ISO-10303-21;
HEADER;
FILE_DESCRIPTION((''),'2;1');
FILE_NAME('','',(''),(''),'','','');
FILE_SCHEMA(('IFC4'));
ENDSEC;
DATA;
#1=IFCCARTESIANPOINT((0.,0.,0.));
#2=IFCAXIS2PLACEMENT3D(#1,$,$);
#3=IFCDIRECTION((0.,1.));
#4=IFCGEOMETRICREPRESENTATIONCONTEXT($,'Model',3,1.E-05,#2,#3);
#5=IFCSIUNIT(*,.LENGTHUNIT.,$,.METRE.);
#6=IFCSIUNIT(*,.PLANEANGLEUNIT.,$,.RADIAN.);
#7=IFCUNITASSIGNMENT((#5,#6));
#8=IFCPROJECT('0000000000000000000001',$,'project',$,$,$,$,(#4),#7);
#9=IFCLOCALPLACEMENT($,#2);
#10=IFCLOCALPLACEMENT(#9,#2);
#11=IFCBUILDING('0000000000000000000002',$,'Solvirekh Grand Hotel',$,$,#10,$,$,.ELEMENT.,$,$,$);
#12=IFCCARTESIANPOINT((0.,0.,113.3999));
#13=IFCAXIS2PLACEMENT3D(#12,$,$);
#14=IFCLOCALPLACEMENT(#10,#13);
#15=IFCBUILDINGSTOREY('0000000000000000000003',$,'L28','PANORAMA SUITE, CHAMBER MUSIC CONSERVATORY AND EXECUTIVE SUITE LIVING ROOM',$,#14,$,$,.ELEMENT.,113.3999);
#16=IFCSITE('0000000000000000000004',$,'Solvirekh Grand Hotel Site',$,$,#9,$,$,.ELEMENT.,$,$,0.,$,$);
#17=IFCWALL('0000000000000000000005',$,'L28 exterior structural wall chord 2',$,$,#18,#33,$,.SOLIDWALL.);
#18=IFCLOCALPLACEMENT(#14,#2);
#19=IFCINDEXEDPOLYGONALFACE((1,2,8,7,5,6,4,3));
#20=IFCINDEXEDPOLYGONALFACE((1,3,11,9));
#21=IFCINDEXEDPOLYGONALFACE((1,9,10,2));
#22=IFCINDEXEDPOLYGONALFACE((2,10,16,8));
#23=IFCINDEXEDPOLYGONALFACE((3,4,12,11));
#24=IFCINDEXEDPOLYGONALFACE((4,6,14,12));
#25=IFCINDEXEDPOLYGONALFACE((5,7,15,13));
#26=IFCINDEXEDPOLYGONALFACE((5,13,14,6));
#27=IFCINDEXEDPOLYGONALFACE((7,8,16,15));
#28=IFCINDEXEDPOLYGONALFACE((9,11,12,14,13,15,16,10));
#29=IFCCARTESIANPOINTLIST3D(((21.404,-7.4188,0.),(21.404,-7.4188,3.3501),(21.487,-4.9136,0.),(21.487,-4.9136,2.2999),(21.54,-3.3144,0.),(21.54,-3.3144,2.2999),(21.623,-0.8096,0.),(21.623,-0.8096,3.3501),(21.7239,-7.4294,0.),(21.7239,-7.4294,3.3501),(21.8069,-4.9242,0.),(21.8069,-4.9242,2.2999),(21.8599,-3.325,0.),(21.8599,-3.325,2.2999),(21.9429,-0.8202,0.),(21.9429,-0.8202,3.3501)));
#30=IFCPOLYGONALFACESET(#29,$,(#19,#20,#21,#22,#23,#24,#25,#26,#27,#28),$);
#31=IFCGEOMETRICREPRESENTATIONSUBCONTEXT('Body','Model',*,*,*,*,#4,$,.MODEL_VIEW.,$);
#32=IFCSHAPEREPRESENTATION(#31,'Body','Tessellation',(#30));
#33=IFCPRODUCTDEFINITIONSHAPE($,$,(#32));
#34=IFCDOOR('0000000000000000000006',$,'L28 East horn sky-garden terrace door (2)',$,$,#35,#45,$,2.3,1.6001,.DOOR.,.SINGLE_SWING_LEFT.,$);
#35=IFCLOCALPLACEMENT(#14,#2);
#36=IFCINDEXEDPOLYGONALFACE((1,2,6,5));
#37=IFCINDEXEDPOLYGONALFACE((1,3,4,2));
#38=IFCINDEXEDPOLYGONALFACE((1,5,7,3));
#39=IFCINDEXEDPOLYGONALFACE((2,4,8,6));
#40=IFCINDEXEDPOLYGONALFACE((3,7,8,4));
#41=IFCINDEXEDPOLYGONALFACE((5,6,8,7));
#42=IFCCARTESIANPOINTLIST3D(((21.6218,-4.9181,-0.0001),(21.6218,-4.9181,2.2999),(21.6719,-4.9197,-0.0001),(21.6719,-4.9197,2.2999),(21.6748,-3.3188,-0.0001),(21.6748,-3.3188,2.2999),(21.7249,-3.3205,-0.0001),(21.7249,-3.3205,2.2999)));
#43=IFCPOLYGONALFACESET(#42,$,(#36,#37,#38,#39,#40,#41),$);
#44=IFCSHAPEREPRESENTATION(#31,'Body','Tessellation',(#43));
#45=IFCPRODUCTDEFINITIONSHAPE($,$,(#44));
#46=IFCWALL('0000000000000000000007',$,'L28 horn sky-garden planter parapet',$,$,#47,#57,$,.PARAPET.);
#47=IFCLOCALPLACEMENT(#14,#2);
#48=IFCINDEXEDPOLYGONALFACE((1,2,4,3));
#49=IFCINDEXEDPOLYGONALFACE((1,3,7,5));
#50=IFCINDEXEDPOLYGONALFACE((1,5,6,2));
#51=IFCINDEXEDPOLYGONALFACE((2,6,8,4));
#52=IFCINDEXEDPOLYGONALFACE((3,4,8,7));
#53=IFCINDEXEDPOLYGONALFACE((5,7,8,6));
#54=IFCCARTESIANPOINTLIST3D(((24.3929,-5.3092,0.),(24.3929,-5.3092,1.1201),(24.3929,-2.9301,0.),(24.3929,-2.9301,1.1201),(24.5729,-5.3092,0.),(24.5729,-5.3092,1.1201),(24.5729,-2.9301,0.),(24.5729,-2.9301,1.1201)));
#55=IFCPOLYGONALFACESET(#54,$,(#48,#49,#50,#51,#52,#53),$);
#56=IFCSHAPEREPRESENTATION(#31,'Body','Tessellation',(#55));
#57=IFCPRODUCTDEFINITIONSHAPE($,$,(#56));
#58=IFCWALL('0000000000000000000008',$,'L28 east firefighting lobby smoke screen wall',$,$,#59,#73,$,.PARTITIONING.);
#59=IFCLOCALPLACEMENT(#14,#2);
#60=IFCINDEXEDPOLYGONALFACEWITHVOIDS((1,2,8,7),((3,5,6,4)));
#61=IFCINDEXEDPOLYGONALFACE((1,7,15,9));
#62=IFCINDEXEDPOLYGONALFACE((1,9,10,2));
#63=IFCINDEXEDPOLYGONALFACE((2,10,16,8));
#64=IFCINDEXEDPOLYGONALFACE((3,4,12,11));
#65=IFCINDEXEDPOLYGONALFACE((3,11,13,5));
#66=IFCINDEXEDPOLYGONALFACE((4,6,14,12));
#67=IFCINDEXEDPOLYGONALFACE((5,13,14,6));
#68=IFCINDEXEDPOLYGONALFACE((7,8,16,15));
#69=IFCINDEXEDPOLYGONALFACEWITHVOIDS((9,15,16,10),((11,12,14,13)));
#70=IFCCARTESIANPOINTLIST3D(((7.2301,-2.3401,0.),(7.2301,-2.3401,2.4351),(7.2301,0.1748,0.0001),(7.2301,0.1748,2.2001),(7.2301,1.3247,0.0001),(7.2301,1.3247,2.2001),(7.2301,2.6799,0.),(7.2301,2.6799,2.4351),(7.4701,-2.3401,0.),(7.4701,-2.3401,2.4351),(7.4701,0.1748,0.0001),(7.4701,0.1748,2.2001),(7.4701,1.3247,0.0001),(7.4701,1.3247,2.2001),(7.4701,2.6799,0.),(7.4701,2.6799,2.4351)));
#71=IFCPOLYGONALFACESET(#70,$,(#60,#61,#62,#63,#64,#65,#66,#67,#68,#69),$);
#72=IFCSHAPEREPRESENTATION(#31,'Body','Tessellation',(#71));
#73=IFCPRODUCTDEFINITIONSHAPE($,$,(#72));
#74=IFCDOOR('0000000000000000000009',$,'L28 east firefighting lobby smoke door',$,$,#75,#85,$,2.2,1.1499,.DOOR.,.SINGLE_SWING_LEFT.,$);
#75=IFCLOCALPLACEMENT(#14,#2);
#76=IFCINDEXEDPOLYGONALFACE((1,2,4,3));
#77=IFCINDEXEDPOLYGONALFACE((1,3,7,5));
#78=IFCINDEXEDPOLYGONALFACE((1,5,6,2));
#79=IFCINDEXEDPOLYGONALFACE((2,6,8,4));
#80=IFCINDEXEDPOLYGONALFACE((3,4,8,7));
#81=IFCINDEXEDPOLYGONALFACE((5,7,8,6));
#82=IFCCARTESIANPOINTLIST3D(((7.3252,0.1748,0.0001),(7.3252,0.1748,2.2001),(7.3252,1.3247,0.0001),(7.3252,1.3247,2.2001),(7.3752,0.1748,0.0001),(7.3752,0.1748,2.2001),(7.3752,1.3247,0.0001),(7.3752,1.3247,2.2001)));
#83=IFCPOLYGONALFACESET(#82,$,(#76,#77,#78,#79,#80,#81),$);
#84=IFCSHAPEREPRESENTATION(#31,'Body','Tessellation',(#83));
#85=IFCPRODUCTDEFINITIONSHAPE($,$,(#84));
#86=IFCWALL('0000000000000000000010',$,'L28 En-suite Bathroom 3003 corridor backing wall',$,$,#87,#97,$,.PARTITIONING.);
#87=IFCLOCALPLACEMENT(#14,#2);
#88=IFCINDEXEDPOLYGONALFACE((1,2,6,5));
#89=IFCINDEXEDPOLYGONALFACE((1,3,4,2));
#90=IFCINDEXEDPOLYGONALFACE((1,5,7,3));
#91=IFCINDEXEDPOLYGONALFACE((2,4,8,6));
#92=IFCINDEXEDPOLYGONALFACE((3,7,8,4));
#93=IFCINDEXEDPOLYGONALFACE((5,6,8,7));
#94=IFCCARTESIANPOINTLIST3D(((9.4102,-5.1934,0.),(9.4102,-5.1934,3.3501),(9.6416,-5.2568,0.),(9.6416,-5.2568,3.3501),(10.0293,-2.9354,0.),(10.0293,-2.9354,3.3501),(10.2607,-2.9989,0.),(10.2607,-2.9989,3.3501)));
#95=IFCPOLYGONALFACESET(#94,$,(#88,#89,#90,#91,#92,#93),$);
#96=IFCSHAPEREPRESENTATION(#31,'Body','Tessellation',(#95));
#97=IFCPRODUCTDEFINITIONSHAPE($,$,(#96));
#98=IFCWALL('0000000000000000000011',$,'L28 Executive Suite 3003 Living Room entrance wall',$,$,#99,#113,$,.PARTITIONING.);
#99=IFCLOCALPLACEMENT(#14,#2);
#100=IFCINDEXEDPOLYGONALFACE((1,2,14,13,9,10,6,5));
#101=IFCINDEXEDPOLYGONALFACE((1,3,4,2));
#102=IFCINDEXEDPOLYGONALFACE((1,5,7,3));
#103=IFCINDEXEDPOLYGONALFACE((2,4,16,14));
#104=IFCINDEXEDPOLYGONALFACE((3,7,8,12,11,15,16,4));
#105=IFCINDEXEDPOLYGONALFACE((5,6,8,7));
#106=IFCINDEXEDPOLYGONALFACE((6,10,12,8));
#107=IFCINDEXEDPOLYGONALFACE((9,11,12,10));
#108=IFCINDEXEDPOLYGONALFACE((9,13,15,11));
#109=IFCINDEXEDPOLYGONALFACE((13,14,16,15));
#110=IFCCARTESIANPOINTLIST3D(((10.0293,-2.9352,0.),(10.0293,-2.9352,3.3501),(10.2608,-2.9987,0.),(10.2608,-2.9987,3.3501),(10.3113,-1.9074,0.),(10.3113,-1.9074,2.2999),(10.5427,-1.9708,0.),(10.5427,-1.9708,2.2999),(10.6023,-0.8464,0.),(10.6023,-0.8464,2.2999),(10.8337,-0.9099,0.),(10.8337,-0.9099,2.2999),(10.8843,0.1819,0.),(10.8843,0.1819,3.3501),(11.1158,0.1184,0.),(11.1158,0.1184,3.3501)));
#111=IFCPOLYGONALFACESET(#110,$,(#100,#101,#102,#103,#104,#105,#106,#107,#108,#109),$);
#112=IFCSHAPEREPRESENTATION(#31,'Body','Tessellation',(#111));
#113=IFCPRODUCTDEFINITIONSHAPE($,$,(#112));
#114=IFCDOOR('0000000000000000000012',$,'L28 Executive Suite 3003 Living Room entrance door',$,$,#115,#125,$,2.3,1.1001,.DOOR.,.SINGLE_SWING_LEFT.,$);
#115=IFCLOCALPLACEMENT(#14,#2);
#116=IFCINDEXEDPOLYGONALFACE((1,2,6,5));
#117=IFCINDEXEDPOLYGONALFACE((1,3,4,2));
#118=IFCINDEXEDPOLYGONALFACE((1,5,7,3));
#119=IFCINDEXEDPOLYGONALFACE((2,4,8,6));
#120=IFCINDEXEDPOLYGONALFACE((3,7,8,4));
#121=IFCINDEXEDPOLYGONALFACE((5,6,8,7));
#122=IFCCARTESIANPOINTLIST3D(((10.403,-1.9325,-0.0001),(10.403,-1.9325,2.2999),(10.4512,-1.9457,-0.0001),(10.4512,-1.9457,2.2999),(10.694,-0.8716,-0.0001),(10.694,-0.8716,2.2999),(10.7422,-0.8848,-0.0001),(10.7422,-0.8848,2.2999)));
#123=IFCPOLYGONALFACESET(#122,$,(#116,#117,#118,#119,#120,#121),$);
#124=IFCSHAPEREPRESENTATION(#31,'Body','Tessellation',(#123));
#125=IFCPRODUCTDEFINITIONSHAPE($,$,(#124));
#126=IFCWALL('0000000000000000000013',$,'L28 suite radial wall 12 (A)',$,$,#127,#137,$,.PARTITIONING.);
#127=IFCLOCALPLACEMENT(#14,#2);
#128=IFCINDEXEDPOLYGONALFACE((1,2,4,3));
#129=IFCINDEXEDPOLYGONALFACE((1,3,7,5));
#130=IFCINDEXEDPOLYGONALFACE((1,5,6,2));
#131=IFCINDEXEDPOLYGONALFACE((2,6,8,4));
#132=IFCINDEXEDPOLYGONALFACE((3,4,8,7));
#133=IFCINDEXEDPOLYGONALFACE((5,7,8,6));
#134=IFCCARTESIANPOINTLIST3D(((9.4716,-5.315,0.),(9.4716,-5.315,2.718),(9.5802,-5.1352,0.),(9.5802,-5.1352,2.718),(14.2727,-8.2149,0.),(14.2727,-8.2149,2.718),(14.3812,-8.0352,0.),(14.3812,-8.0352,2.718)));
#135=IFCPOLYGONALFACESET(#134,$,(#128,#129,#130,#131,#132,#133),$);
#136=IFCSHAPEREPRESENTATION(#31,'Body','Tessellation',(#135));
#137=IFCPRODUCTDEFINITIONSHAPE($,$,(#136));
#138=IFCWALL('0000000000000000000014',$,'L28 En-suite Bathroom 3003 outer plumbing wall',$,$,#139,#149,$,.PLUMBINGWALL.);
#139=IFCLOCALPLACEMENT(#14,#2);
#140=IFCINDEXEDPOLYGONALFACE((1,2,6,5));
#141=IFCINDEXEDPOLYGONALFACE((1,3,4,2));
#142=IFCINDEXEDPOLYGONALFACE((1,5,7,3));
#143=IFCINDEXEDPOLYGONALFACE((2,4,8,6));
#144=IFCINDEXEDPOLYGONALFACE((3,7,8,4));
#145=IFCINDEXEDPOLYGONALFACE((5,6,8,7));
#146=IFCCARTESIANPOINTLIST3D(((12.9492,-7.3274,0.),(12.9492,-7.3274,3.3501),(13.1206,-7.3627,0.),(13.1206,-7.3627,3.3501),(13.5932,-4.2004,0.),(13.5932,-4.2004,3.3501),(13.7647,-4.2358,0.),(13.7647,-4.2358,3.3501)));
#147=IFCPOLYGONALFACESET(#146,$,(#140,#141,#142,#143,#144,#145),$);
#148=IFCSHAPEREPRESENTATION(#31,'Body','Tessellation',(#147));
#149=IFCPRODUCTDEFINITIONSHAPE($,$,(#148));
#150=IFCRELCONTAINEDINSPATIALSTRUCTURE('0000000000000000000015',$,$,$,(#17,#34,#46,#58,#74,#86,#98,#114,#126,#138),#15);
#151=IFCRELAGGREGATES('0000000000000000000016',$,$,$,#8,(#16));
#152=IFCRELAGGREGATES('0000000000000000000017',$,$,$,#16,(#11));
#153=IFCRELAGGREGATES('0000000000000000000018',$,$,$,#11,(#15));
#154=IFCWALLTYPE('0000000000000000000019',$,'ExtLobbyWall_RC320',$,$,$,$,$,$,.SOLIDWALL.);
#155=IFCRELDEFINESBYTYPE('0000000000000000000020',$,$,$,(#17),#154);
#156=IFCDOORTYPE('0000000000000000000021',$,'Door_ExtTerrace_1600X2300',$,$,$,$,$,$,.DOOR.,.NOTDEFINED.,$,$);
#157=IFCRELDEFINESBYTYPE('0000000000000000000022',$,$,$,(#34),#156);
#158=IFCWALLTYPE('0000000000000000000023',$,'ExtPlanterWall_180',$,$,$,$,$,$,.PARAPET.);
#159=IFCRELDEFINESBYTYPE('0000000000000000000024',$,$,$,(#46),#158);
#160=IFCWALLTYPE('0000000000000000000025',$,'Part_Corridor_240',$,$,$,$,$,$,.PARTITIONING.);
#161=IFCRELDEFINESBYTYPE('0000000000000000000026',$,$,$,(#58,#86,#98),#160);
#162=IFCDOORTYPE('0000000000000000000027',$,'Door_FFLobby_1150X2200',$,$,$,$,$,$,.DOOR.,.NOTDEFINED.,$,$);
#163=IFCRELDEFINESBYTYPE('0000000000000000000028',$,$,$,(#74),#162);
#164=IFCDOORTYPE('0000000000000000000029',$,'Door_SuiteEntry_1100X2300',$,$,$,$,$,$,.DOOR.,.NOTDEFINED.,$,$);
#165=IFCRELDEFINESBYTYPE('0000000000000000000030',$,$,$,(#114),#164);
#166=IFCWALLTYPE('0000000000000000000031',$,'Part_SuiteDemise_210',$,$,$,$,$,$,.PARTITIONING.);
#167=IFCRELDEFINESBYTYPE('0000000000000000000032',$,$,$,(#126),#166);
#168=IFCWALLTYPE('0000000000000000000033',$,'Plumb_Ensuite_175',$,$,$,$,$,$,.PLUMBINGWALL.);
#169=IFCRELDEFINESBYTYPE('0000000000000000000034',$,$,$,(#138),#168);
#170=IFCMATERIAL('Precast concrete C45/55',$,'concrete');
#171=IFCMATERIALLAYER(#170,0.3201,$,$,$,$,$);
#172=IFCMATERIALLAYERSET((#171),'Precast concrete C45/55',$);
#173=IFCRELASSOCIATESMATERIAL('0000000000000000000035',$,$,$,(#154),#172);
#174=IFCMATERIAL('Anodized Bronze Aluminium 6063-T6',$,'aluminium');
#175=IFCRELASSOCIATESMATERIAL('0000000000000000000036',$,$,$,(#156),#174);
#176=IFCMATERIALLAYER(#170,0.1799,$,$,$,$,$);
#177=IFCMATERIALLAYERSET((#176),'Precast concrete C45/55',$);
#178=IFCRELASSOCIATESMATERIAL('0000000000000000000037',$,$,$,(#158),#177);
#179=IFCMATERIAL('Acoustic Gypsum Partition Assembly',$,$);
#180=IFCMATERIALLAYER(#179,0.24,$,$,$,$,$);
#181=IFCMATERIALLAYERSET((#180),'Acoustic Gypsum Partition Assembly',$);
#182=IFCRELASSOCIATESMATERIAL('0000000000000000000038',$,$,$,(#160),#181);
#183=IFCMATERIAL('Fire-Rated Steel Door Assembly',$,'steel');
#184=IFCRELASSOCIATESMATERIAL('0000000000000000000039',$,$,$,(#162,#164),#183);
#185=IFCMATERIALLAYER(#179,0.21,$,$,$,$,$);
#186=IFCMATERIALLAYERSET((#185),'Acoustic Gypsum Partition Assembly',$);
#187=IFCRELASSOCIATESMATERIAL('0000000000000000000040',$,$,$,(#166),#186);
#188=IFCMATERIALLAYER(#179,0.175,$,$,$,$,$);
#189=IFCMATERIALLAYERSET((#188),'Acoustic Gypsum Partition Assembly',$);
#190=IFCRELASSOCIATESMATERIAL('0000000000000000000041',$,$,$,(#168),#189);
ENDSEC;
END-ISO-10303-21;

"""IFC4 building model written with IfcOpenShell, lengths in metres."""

from ifc_helpers import new_model, si_unit, direction, frame, frame_2d, origin, place, context, subcontext, project, spatial, rectangle, extrude, material, layer, layer_set, type_object, element, fill, save


model = new_model("IFC4")

# Units and contexts
model_context = context("Model", 3, precision=1e-05, world=origin(), true_north=direction((0.0, 1.0)))
body_context = subcontext(model_context, "Body", "Model", "MODEL_VIEW")
ifc_project = project(units=[si_unit("LENGTHUNIT", "METRE"), si_unit("PLANEANGLEUNIT", "RADIAN")], contexts=[model_context])

# Site, building, storey
site_placement = place(None, origin())
site = spatial("IfcSite", under=ifc_project, at=site_placement, Name="Solvirekh Grand Hotel Site", CompositionType="ELEMENT", RefElevation=0.0)
building_placement = place(site_placement, origin())
building = spatial("IfcBuilding", under=site, at=building_placement, Name="Solvirekh Grand Hotel", CompositionType="ELEMENT")
storey_placement = place(building_placement, frame((0.0, 0.0, 113.3999)))
storey = spatial("IfcBuildingStorey", under=building, at=storey_placement, Name="L28", Description="PANORAMA SUITE, CHAMBER MUSIC CONSERVATORY AND EXECUTIVE SUITE LIVING ROOM", CompositionType="ELEMENT", Elevation=113.3999)

# Shared definitions
ifc_material_1 = material(Name="Anodized Bronze Aluminium 6063-T6", Category="aluminium")

# Wall, opening, door
ifc_material_2 = material(Name="Precast concrete C45/55", Category="concrete")
ifc_layer_1 = layer(ifc_material_2, 0.3201)
ifc_layer_set_1 = layer_set([ifc_layer_1], Name="Precast concrete C45/55")
wall_type_1 = type_object("IfcWallType", Name="ExtLobbyWall_RC320", PredefinedType="SOLIDWALL", material=ifc_layer_set_1)
wall_1_placement = place(storey_placement, frame((21.783, -0.8149, 0.0), z_axis=(0.0, 0.0, 1.0), x_axis=(-0.033117, -0.999451, 0.0)))
wall_1 = element("IfcWall", 1, at=wall_1_placement, inside=storey, type_object=wall_type_1, Name="L28 exterior structural wall chord 2", PredefinedType="SOLIDWALL", context=body_context, shape_type="SweptSolid", body=[
    extrude(rectangle(XDim=6.6128, YDim=0.3201, at=frame_2d((3.3064, 0.0))), origin(), (0.0, 0.0, 1.0), 3.3501),
])
opening_1_placement = place(wall_1_placement, frame((2.5061, 0.0, 0.0)))
opening_1 = element("IfcOpeningElement", 2, at=opening_1_placement, cuts=wall_1, PredefinedType="OPENING", context=body_context, shape_type="SweptSolid", body=[
    extrude(rectangle(XDim=1.6001, YDim=2.3, at=frame_2d((0.8, 1.1499))), frame((0.0, 0.1699, 0.0), z_axis=(0.0, -1.0, 0.0), x_axis=(1.0, 0.0, 0.0)), (0.0, 0.0, 1.0), 0.3401),
])
door_type_1 = type_object("IfcDoorType", Name="Door_ExtTerrace_1600X2300", OperationType="NOTDEFINED", PredefinedType="DOOR", material=ifc_material_1)
door_1_placement = place(opening_1_placement, origin())
door_1 = element("IfcDoor", 3, at=door_1_placement, inside=storey, type_object=door_type_1, Name="L28 East horn sky-garden terrace door (2)", OperationType="SINGLE_SWING_LEFT", OverallHeight=2.3, OverallWidth=1.6001, PredefinedType="DOOR", context=body_context, shape_type="SweptSolid", body=[
    extrude(rectangle(XDim=1.6001, YDim=2.3, at=frame_2d((0.8, 1.1499))), frame((0.0, 0.0249, 0.0), z_axis=(0.0, -1.0, 0.0), x_axis=(1.0, 0.0, 0.0)), (0.0, 0.0, 1.0), 0.05),
])
fill(opening_1, door_1)

# Wall
ifc_layer_2 = layer(ifc_material_2, 0.1799)
ifc_layer_set_2 = layer_set([ifc_layer_2], Name="Precast concrete C45/55")
wall_type_2 = type_object("IfcWallType", Name="ExtPlanterWall_180", PredefinedType="PARAPET", material=ifc_layer_set_2)
wall_2_placement = place(storey_placement, frame((24.4829, -5.3091, 0.0), z_axis=(0.0, 0.0, 1.0), x_axis=(0.0, 1.0, 0.0)))
element("IfcWall", 4, at=wall_2_placement, inside=storey, type_object=wall_type_2, Name="L28 horn sky-garden planter parapet", PredefinedType="PARAPET", context=body_context, shape_type="SweptSolid", body=[
    extrude(rectangle(XDim=2.3792, YDim=0.1799, at=frame_2d((1.1895, 0.0))), origin(), (0.0, 0.0, 1.0), 1.1201),
])

# Wall, opening, door
ifc_material_3 = material(Name="Acoustic Gypsum Partition Assembly")
ifc_layer_3 = layer(ifc_material_3, 0.24)
ifc_layer_set_3 = layer_set([ifc_layer_3], Name="Acoustic Gypsum Partition Assembly")
wall_type_3 = type_object("IfcWallType", Name="Part_Corridor_240", PredefinedType="PARTITIONING", material=ifc_layer_set_3)
wall_3_placement = place(storey_placement, frame((7.3501, -2.3401, 0.0), z_axis=(0.0, 0.0, 1.0), x_axis=(0.0, 1.0, 0.0)))
wall_3 = element("IfcWall", 5, at=wall_3_placement, inside=storey, type_object=wall_type_3, Name="L28 east firefighting lobby smoke screen wall", PredefinedType="PARTITIONING", context=body_context, shape_type="SweptSolid", body=[
    extrude(rectangle(XDim=5.02, YDim=0.24, at=frame_2d((2.51, 0.0))), origin(), (0.0, 0.0, 1.0), 2.4351),
])
opening_2_placement = place(wall_3_placement, frame((2.5149, 0.0, 0.0)))
opening_2 = element("IfcOpeningElement", 6, at=opening_2_placement, cuts=wall_3, PredefinedType="OPENING", context=body_context, shape_type="SweptSolid", body=[
    extrude(rectangle(XDim=1.1499, YDim=2.2, at=frame_2d((0.575, 1.1001))), frame((0.0, 0.1299, 0.0), z_axis=(0.0, -1.0, 0.0), x_axis=(1.0, 0.0, 0.0)), (0.0, 0.0, 1.0), 0.26),
])
ifc_material_4 = material(Name="Fire-Rated Steel Door Assembly", Category="steel")
door_type_2 = type_object("IfcDoorType", Name="Door_FFLobby_1150X2200", OperationType="NOTDEFINED", PredefinedType="DOOR", material=ifc_material_4)
door_2_placement = place(opening_2_placement, origin())
door_2 = element("IfcDoor", 7, at=door_2_placement, inside=storey, type_object=door_type_2, Name="L28 east firefighting lobby smoke door", OperationType="SINGLE_SWING_LEFT", OverallHeight=2.2, OverallWidth=1.1499, PredefinedType="DOOR", context=body_context, shape_type="SweptSolid", body=[
    extrude(rectangle(XDim=1.1499, YDim=2.2, at=frame_2d((0.575, 1.1001))), frame((0.0, 0.0249, 0.0), z_axis=(0.0, -1.0, 0.0), x_axis=(1.0, 0.0, 0.0)), (0.0, 0.0, 1.0), 0.05),
])
fill(opening_2, door_2)

# Wall
wall_4_placement = place(storey_placement, frame((9.5259, -5.2251, 0.0), z_axis=(0.0, 0.0, 1.0), x_axis=(0.264432, 0.964404, 0.0)))
element("IfcWall", 8, at=wall_4_placement, inside=storey, type_object=wall_type_3, Name="L28 En-suite Bathroom 3003 corridor backing wall", PredefinedType="PARTITIONING", context=body_context, shape_type="SweptSolid", body=[
    extrude(rectangle(XDim=2.3413, YDim=0.24, at=frame_2d((1.1707, 0.0))), origin(), (0.0, 0.0, 1.0), 3.3501),
])

# Wall, opening, door
wall_5_placement = place(storey_placement, frame((10.145, -2.967, 0.0), z_axis=(0.0, 0.0, 1.0), x_axis=(0.26453, 0.964378, 0.0)))
wall_5 = element("IfcWall", 9, at=wall_5_placement, inside=storey, type_object=wall_type_3, Name="L28 Executive Suite 3003 Living Room entrance wall", PredefinedType="PARTITIONING", context=body_context, shape_type="SweptSolid", body=[
    extrude(rectangle(XDim=3.2322, YDim=0.24, at=frame_2d((1.6162, 0.0))), origin(), (0.0, 0.0, 1.0), 3.3501),
])
opening_3_placement = place(wall_5_placement, frame((1.0659, 0.0, 0.0)))
opening_3 = element("IfcOpeningElement", 10, at=opening_3_placement, cuts=wall_5, PredefinedType="OPENING", context=body_context, shape_type="SweptSolid", body=[
    extrude(rectangle(XDim=1.1001, YDim=2.3, at=frame_2d((0.55, 1.1499))), frame((0.0, 0.1299, 0.0), z_axis=(0.0, -1.0, 0.0), x_axis=(1.0, 0.0, 0.0)), (0.0, 0.0, 1.0), 0.26),
])
door_type_3 = type_object("IfcDoorType", Name="Door_SuiteEntry_1100X2300", OperationType="NOTDEFINED", PredefinedType="DOOR", material=ifc_material_4)
door_3_placement = place(opening_3_placement, origin())
door_3 = element("IfcDoor", 11, at=door_3_placement, inside=storey, type_object=door_type_3, Name="L28 Executive Suite 3003 Living Room entrance door", OperationType="SINGLE_SWING_LEFT", OverallHeight=2.3, OverallWidth=1.1001, PredefinedType="DOOR", context=body_context, shape_type="SweptSolid", body=[
    extrude(rectangle(XDim=1.1001, YDim=2.3, at=frame_2d((0.55, 1.1499))), frame((0.0, 0.0249, 0.0), z_axis=(0.0, -1.0, 0.0), x_axis=(1.0, 0.0, 0.0)), (0.0, 0.0, 1.0), 0.05),
])
fill(opening_3, door_3)

# Walls
ifc_layer_4 = layer(ifc_material_3, 0.21)
ifc_layer_set_4 = layer_set([ifc_layer_4], Name="Acoustic Gypsum Partition Assembly")
wall_type_4 = type_object("IfcWallType", Name="Part_SuiteDemise_210", PredefinedType="PARTITIONING", material=ifc_layer_set_4)
wall_6_placement = place(storey_placement, frame((9.5259, -5.2251, 0.0), z_axis=(0.0, 0.0, 1.0), x_axis=(0.855972, -0.517022, 0.0)))
element("IfcWall", 12, at=wall_6_placement, inside=storey, type_object=wall_type_4, Name="L28 suite radial wall 12 (A)", PredefinedType="PARTITIONING", context=body_context, shape_type="SweptSolid", body=[
    extrude(rectangle(XDim=5.6089, YDim=0.21, at=frame_2d((2.8044, 0.0))), origin(), (0.0, 0.0, 1.0), 2.718),
])
ifc_layer_5 = layer(ifc_material_3, 0.175)
ifc_layer_set_5 = layer_set([ifc_layer_5], Name="Acoustic Gypsum Partition Assembly")
wall_type_5 = type_object("IfcWallType", Name="Plumb_Ensuite_175", PredefinedType="PLUMBINGWALL", material=ifc_layer_set_5)
wall_7_placement = place(storey_placement, frame((13.0349, -7.345, 0.0), z_axis=(0.0, 0.0, 1.0), x_axis=(0.201731, 0.979441, 0.0)))
element("IfcWall", 13, at=wall_7_placement, inside=storey, type_object=wall_type_5, Name="L28 En-suite Bathroom 3003 outer plumbing wall", PredefinedType="PLUMBINGWALL", context=body_context, shape_type="SweptSolid", body=[
    extrude(rectangle(XDim=3.1926, YDim=0.175, at=frame_2d((1.5962, 0.0))), origin(), (0.0, 0.0, 1.0), 3.3501),
])

save(model, "model.ifc")
